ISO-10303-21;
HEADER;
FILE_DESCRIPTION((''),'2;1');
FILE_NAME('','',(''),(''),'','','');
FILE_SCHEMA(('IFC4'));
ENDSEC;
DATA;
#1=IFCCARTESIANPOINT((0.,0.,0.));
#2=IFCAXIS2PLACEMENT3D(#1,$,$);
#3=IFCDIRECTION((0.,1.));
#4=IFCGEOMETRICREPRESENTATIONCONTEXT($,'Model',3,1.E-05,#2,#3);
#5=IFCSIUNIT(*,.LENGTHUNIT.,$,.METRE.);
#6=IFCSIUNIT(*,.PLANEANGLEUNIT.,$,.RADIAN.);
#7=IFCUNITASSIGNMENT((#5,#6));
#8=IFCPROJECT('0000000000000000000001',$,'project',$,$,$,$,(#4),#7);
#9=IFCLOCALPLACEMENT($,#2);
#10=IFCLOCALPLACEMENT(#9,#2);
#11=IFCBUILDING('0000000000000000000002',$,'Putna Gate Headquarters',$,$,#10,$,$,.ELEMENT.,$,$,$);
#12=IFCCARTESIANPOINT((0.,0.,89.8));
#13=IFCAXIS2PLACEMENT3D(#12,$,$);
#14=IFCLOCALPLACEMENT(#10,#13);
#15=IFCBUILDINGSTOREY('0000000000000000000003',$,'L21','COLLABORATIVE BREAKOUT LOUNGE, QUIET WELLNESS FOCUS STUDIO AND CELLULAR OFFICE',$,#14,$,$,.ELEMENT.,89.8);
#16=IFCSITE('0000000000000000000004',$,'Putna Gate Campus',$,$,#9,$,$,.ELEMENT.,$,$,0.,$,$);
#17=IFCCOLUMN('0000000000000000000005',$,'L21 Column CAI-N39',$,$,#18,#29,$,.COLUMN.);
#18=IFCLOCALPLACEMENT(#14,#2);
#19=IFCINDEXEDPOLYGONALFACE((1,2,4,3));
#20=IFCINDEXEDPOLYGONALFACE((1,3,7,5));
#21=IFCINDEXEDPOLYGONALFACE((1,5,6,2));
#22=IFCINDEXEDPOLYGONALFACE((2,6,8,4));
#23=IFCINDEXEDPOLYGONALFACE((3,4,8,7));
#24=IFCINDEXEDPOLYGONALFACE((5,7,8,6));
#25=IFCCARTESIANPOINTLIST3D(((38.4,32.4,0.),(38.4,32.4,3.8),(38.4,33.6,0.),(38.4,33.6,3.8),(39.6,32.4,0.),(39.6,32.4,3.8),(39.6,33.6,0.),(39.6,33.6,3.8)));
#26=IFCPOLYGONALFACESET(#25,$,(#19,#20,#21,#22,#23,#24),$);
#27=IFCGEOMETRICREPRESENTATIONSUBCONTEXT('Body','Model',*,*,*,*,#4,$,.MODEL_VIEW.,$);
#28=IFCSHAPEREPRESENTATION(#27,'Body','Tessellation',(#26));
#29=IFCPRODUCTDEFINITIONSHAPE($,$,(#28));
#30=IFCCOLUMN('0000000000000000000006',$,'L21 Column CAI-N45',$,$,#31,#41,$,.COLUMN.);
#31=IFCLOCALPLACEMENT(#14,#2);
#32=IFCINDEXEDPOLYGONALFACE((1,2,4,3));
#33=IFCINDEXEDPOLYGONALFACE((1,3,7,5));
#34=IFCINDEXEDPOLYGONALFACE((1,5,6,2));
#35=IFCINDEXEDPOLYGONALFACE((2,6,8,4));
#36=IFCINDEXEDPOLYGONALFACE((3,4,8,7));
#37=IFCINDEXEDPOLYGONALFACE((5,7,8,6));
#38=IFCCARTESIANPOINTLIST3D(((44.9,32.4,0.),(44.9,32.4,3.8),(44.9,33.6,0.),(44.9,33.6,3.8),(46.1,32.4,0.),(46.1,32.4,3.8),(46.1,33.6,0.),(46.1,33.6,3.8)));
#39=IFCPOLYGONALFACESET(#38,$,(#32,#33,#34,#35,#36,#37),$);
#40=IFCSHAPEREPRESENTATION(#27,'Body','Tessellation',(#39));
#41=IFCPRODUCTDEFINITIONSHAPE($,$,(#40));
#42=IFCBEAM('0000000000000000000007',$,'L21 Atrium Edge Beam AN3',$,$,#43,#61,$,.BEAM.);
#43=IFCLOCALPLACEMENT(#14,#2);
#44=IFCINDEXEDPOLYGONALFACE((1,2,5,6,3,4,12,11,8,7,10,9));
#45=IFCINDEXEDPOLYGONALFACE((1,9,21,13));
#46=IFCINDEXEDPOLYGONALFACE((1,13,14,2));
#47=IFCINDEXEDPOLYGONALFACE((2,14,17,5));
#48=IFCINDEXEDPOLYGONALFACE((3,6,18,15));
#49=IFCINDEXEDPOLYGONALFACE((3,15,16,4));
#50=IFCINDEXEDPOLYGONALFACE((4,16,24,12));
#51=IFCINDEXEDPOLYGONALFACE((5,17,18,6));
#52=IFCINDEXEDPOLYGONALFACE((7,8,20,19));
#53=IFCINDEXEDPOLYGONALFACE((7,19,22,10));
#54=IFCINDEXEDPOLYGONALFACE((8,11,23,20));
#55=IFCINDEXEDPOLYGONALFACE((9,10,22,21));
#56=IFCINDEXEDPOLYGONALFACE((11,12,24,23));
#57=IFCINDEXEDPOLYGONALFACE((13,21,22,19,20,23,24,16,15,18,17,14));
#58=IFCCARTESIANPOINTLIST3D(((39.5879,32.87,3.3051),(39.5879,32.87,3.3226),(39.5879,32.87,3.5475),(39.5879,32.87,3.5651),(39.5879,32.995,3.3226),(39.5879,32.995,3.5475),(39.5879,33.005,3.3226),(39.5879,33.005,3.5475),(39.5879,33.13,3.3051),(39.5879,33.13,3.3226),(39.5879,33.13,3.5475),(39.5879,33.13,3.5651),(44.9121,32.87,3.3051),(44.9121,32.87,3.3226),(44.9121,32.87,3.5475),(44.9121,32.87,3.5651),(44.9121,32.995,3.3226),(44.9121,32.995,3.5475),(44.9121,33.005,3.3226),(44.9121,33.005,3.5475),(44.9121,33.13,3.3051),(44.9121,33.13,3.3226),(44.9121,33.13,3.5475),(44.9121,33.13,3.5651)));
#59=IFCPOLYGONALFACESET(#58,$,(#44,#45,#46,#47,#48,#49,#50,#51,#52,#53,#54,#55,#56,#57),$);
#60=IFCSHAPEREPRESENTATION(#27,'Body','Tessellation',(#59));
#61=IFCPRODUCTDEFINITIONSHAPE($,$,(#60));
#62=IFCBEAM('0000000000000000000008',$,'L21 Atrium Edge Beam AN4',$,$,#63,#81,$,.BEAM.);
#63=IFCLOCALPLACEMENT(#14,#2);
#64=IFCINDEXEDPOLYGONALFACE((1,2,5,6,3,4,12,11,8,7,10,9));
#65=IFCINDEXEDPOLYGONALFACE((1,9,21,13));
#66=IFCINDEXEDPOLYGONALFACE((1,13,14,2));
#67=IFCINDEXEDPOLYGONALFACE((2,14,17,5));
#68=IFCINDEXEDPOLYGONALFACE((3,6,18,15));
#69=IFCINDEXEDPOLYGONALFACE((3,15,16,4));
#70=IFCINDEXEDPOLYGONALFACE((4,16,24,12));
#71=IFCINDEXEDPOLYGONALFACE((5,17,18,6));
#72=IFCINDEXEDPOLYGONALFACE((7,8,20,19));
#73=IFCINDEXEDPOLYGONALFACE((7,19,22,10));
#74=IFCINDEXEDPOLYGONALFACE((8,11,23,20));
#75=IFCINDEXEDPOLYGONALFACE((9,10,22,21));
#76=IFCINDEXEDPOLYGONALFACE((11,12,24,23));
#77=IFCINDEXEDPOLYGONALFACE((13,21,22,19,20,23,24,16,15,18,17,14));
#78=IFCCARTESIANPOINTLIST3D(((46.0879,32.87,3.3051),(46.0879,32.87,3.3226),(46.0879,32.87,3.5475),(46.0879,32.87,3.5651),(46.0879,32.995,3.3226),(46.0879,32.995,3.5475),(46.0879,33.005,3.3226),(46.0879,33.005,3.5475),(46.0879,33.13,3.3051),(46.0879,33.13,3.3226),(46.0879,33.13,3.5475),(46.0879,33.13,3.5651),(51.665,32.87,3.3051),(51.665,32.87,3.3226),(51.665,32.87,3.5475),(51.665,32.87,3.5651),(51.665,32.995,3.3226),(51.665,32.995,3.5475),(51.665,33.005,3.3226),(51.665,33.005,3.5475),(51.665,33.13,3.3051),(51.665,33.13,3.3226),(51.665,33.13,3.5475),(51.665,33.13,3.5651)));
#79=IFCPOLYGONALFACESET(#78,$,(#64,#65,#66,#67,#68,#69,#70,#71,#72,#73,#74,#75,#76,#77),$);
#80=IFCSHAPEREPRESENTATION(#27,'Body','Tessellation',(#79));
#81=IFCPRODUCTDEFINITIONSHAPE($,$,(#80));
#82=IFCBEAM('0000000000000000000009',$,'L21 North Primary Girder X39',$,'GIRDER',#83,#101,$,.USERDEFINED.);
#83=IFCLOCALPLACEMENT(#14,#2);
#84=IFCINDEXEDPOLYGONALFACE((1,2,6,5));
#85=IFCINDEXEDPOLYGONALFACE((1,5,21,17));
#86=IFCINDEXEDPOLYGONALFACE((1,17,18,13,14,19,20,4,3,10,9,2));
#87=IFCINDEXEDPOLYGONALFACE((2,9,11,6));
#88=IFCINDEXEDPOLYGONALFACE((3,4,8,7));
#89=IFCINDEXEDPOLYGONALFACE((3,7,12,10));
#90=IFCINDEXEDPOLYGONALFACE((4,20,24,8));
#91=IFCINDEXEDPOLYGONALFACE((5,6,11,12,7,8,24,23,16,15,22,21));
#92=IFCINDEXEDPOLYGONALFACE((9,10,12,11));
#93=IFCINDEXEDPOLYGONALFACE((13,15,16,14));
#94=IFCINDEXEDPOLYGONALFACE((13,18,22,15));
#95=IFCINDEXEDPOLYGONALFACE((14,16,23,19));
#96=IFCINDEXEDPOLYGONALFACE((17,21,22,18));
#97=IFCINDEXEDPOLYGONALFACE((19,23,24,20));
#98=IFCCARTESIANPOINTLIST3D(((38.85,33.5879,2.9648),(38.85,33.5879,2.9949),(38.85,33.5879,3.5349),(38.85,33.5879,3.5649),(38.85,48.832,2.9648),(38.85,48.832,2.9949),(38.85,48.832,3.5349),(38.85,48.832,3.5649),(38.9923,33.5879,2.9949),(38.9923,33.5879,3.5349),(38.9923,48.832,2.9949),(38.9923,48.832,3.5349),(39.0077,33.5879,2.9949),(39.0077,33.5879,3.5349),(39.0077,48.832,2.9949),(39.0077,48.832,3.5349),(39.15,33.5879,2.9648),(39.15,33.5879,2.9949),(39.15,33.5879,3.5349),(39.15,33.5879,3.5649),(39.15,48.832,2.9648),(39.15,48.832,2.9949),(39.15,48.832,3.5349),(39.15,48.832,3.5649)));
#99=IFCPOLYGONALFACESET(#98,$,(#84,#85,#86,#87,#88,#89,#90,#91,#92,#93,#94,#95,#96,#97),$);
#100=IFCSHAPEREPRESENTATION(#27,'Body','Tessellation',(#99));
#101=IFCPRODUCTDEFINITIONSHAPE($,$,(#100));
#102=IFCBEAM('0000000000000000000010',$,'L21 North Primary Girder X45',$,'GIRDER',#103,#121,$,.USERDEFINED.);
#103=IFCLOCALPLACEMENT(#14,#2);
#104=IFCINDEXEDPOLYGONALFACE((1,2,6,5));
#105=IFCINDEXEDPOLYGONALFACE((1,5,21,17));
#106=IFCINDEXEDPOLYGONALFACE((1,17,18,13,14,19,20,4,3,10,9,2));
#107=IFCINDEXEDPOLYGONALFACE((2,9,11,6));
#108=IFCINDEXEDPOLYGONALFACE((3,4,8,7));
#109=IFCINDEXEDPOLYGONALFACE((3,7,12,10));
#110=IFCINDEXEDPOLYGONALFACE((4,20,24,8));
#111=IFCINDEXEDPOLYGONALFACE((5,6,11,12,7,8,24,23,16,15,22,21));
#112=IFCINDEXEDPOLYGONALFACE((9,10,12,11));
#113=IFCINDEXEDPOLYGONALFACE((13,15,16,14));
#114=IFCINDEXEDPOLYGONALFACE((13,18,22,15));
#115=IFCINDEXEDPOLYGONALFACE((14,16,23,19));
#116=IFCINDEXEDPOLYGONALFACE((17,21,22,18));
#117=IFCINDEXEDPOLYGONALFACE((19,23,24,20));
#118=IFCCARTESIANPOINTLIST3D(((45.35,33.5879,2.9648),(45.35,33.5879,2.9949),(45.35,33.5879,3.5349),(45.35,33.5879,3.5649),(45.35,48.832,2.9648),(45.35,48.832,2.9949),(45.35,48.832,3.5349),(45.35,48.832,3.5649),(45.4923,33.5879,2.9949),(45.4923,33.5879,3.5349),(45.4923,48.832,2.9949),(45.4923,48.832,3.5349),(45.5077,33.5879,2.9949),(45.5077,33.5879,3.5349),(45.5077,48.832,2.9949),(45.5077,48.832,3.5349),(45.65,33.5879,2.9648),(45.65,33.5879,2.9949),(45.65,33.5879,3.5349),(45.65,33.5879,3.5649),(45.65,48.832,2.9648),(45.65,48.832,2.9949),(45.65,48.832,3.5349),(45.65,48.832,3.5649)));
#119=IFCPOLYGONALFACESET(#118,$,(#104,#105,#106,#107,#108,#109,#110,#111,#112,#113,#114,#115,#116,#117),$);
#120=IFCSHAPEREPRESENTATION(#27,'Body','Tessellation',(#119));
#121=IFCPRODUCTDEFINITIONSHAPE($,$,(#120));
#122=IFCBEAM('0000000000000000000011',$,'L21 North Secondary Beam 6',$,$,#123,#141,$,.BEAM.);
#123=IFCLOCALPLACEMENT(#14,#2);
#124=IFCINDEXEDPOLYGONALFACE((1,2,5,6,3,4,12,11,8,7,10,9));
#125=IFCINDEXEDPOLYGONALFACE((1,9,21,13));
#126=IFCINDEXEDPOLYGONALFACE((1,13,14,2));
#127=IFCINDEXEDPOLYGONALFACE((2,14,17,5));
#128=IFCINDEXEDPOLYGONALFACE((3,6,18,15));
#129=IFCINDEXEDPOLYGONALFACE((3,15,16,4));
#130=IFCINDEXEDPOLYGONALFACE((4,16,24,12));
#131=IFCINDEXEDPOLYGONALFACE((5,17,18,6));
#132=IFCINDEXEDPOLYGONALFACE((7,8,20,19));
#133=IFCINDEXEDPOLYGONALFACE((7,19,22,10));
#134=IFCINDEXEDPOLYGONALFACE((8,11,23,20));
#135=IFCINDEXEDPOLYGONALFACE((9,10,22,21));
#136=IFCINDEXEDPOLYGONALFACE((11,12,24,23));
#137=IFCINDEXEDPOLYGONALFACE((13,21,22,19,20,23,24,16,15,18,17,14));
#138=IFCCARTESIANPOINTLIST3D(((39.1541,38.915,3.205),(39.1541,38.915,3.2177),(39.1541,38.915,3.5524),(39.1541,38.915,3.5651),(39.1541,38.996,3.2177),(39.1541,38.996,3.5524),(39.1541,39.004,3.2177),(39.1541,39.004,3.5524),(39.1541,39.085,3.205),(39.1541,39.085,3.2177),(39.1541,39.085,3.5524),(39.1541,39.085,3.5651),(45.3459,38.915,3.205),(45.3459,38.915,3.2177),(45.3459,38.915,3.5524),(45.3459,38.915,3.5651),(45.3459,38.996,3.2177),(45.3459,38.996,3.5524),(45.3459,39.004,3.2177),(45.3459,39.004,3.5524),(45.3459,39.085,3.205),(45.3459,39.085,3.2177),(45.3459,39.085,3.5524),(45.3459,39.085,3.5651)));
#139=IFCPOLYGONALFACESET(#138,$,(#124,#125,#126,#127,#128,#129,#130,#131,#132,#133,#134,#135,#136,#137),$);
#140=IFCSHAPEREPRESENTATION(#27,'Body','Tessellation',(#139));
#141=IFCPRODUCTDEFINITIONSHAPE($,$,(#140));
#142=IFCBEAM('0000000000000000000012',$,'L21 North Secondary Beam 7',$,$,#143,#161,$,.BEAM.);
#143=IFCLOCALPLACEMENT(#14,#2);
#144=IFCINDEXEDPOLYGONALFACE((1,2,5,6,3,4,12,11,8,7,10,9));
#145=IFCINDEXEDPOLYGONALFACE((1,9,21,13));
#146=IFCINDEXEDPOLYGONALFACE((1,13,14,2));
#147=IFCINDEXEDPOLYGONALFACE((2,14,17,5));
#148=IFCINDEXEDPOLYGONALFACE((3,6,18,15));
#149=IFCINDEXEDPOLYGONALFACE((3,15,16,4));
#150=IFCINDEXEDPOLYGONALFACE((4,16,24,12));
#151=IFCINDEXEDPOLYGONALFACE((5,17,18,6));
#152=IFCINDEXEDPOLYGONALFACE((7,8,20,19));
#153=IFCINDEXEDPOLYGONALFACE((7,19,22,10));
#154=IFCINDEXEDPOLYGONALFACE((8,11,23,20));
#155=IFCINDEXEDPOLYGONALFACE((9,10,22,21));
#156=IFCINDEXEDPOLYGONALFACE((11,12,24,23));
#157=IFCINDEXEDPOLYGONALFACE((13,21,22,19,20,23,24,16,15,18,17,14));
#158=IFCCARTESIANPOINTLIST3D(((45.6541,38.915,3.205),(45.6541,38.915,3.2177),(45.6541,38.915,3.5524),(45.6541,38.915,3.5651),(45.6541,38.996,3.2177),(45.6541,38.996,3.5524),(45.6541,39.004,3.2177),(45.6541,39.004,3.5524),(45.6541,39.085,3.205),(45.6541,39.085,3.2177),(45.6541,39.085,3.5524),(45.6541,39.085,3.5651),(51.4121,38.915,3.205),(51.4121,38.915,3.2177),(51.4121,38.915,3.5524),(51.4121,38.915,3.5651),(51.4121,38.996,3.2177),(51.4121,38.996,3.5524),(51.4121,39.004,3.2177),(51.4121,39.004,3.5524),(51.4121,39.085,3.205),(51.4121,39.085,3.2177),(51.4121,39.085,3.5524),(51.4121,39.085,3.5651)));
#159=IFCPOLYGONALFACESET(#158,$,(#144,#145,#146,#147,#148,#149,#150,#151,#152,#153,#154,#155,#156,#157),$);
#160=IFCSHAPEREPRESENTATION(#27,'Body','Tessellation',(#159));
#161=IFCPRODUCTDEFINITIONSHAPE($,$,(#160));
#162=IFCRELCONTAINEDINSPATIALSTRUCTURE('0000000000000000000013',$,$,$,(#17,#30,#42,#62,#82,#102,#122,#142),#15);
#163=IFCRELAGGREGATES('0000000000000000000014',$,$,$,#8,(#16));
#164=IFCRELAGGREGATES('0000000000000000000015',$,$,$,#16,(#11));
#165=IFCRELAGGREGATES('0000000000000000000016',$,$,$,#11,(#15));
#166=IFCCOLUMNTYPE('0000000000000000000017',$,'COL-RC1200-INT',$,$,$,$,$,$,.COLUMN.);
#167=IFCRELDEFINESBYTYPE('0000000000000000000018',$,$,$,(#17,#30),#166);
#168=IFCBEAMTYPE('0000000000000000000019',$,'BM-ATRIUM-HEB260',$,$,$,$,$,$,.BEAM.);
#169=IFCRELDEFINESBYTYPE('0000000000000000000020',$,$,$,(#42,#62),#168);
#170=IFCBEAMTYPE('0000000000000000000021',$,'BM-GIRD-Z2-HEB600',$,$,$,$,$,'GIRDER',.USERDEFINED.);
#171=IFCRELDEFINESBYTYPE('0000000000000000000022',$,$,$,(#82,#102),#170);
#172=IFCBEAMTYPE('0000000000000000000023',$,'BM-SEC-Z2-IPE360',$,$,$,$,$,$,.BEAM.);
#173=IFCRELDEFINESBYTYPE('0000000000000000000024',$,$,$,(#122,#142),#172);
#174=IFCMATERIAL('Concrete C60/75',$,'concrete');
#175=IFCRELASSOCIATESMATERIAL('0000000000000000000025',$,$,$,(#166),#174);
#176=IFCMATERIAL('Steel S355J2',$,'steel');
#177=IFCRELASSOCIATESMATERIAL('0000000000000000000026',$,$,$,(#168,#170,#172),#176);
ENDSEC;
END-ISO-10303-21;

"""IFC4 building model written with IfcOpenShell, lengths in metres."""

from ifc_helpers import new_model, si_unit, direction, frame, origin, origin_2d, place, context, subcontext, project, spatial, rectangle, i_section, extrude, material, material_profile, profile_set, type_object, element, save


model = new_model("IFC4")

# Units and contexts
model_context = context("Model", 3, precision=1e-05, world=origin(), true_north=direction((0.0, 1.0)))
body_context = subcontext(model_context, "Body", "Model", "MODEL_VIEW")
ifc_project = project(units=[si_unit("LENGTHUNIT", "METRE"), si_unit("PLANEANGLEUNIT", "RADIAN")], contexts=[model_context])

# Site, building, storey
site_placement = place(None, origin())
site = spatial("IfcSite", under=ifc_project, at=site_placement, Name="Putna Gate Campus", CompositionType="ELEMENT", RefElevation=0.0)
building_placement = place(site_placement, origin())
building = spatial("IfcBuilding", under=site, at=building_placement, Name="Putna Gate Headquarters", CompositionType="ELEMENT")
storey_placement = place(building_placement, frame((0.0, 0.0, 89.8)))
storey = spatial("IfcBuildingStorey", under=building, at=storey_placement, Name="L21", Description="COLLABORATIVE BREAKOUT LOUNGE, QUIET WELLNESS FOCUS STUDIO AND CELLULAR OFFICE", CompositionType="ELEMENT", Elevation=89.8)

# Columns
ifc_material_1 = material(Name="Concrete C60/75", Category="concrete")
ifc_material_profile_1 = material_profile(ifc_material_1, rectangle(XDim=1.2, YDim=1.2, at=origin_2d()), Name="Concrete C60/75")
ifc_profile_set_1 = profile_set([ifc_material_profile_1], Name="Concrete C60/75")
column_type = type_object("IfcColumnType", Name="COL-RC1200-INT", PredefinedType="COLUMN", material=ifc_profile_set_1)
for number, where, z_axis, x_axis, name in (
    (1, (39.0, 33.0, 0.0), (0.0, 0.0, 1.0), (1.0, 0.0, 0.0), "L21 Column CAI-N39"),
    (2, (45.5, 33.0, 0.0), (0.0, 0.0, 1.0), (1.0, 0.0, 0.0), "L21 Column CAI-N45"),
):
    element("IfcColumn", number, at=place(storey_placement, frame(where, z_axis=z_axis, x_axis=x_axis)), inside=storey, type_object=column_type, Name=name, PredefinedType="COLUMN", context=body_context, shape_type="SweptSolid", body=[
        extrude(rectangle(XDim=1.2, YDim=1.2, at=origin_2d()), origin(), (0.0, 0.0, 1.0), 3.8),
    ])

# Beams
ifc_material_2 = material(Name="Steel S355J2", Category="steel")
ifc_material_profile_2 = material_profile(ifc_material_2, i_section(OverallWidth=0.26, OverallDepth=0.26, WebThickness=0.01, FlangeThickness=0.0176, at=origin_2d()), Name="Steel S355J2")
ifc_profile_set_2 = profile_set([ifc_material_profile_2], Name="Steel S355J2")
beam_type_1 = type_object("IfcBeamType", Name="BM-ATRIUM-HEB260", PredefinedType="BEAM", material=ifc_profile_set_2)
beam_1_placement = place(storey_placement, frame((39.5879, 33.0, 3.4351), z_axis=(1.0, 0.0, 0.0), x_axis=(0.0, 1.0, 0.0)))
element("IfcBeam", 3, at=beam_1_placement, inside=storey, type_object=beam_type_1, Name="L21 Atrium Edge Beam AN3", PredefinedType="BEAM", context=body_context, shape_type="SweptSolid", body=[
    extrude(i_section(OverallWidth=0.26, OverallDepth=0.26, WebThickness=0.01, FlangeThickness=0.0176, at=origin_2d()), origin(), (0.0, 0.0, 1.0), 5.3242),
])
beam_2_placement = place(storey_placement, frame((46.0879, 33.0, 3.4351), z_axis=(1.0, 0.0, 0.0), x_axis=(0.0, 1.0, 0.0)))
element("IfcBeam", 4, at=beam_2_placement, inside=storey, type_object=beam_type_1, Name="L21 Atrium Edge Beam AN4", PredefinedType="BEAM", context=body_context, shape_type="SweptSolid", body=[
    extrude(i_section(OverallWidth=0.26, OverallDepth=0.26, WebThickness=0.01, FlangeThickness=0.0176, at=origin_2d()), origin(), (0.0, 0.0, 1.0), 5.5771),
])
ifc_material_profile_3 = material_profile(ifc_material_2, i_section(OverallWidth=0.3, OverallDepth=0.6001, WebThickness=0.0154, FlangeThickness=0.03, at=origin_2d()), Name="Steel S355J2")
ifc_profile_set_3 = profile_set([ifc_material_profile_3], Name="Steel S355J2")
beam_type_2 = type_object("IfcBeamType", Name="BM-GIRD-Z2-HEB600", ElementType="GIRDER", PredefinedType="USERDEFINED", material=ifc_profile_set_3)
for number, where, z_axis, x_axis, name in (
    (5, (39.0, 33.5879, 3.2649), (0.0, 1.0, 0.0), (-1.0, 0.0, 0.0), "L21 North Primary Girder X39"),
    (6, (45.5, 33.5879, 3.2649), (0.0, 1.0, 0.0), (-1.0, 0.0, 0.0), "L21 North Primary Girder X45"),
):
    element("IfcBeam", number, at=place(storey_placement, frame(where, z_axis=z_axis, x_axis=x_axis)), inside=storey, type_object=beam_type_2, Name=name, ObjectType="GIRDER", PredefinedType="USERDEFINED", context=body_context, shape_type="SweptSolid", body=[
        extrude(i_section(OverallWidth=0.3, OverallDepth=0.6001, WebThickness=0.0154, FlangeThickness=0.03, at=origin_2d()), origin(), (0.0, 0.0, 1.0), 15.2441),
    ])
ifc_material_profile_4 = material_profile(ifc_material_2, i_section(OverallWidth=0.1699, OverallDepth=0.3601, WebThickness=0.0081, FlangeThickness=0.0127, at=origin_2d()), Name="Steel S355J2")
ifc_profile_set_4 = profile_set([ifc_material_profile_4], Name="Steel S355J2")
beam_type_3 = type_object("IfcBeamType", Name="BM-SEC-Z2-IPE360", PredefinedType="BEAM", material=ifc_profile_set_4)
beam_3_placement = place(storey_placement, frame((39.1541, 39.0, 3.385), z_axis=(1.0, 0.0, 0.0), x_axis=(0.0, 1.0, 0.0)))
element("IfcBeam", 7, at=beam_3_placement, inside=storey, type_object=beam_type_3, Name="L21 North Secondary Beam 6", PredefinedType="BEAM", context=body_context, shape_type="SweptSolid", body=[
    extrude(i_section(OverallWidth=0.1699, OverallDepth=0.3601, WebThickness=0.0081, FlangeThickness=0.0127, at=origin_2d()), origin(), (0.0, 0.0, 1.0), 6.1919),
])
beam_4_placement = place(storey_placement, frame((45.6541, 39.0, 3.385), z_axis=(1.0, 0.0, 0.0), x_axis=(0.0, 1.0, 0.0)))
element("IfcBeam", 8, at=beam_4_placement, inside=storey, type_object=beam_type_3, Name="L21 North Secondary Beam 7", PredefinedType="BEAM", context=body_context, shape_type="SweptSolid", body=[
    extrude(i_section(OverallWidth=0.1699, OverallDepth=0.3601, WebThickness=0.0081, FlangeThickness=0.0127, at=origin_2d()), origin(), (0.0, 0.0, 1.0), 5.7581),
])

save(model, "model.ifc")
